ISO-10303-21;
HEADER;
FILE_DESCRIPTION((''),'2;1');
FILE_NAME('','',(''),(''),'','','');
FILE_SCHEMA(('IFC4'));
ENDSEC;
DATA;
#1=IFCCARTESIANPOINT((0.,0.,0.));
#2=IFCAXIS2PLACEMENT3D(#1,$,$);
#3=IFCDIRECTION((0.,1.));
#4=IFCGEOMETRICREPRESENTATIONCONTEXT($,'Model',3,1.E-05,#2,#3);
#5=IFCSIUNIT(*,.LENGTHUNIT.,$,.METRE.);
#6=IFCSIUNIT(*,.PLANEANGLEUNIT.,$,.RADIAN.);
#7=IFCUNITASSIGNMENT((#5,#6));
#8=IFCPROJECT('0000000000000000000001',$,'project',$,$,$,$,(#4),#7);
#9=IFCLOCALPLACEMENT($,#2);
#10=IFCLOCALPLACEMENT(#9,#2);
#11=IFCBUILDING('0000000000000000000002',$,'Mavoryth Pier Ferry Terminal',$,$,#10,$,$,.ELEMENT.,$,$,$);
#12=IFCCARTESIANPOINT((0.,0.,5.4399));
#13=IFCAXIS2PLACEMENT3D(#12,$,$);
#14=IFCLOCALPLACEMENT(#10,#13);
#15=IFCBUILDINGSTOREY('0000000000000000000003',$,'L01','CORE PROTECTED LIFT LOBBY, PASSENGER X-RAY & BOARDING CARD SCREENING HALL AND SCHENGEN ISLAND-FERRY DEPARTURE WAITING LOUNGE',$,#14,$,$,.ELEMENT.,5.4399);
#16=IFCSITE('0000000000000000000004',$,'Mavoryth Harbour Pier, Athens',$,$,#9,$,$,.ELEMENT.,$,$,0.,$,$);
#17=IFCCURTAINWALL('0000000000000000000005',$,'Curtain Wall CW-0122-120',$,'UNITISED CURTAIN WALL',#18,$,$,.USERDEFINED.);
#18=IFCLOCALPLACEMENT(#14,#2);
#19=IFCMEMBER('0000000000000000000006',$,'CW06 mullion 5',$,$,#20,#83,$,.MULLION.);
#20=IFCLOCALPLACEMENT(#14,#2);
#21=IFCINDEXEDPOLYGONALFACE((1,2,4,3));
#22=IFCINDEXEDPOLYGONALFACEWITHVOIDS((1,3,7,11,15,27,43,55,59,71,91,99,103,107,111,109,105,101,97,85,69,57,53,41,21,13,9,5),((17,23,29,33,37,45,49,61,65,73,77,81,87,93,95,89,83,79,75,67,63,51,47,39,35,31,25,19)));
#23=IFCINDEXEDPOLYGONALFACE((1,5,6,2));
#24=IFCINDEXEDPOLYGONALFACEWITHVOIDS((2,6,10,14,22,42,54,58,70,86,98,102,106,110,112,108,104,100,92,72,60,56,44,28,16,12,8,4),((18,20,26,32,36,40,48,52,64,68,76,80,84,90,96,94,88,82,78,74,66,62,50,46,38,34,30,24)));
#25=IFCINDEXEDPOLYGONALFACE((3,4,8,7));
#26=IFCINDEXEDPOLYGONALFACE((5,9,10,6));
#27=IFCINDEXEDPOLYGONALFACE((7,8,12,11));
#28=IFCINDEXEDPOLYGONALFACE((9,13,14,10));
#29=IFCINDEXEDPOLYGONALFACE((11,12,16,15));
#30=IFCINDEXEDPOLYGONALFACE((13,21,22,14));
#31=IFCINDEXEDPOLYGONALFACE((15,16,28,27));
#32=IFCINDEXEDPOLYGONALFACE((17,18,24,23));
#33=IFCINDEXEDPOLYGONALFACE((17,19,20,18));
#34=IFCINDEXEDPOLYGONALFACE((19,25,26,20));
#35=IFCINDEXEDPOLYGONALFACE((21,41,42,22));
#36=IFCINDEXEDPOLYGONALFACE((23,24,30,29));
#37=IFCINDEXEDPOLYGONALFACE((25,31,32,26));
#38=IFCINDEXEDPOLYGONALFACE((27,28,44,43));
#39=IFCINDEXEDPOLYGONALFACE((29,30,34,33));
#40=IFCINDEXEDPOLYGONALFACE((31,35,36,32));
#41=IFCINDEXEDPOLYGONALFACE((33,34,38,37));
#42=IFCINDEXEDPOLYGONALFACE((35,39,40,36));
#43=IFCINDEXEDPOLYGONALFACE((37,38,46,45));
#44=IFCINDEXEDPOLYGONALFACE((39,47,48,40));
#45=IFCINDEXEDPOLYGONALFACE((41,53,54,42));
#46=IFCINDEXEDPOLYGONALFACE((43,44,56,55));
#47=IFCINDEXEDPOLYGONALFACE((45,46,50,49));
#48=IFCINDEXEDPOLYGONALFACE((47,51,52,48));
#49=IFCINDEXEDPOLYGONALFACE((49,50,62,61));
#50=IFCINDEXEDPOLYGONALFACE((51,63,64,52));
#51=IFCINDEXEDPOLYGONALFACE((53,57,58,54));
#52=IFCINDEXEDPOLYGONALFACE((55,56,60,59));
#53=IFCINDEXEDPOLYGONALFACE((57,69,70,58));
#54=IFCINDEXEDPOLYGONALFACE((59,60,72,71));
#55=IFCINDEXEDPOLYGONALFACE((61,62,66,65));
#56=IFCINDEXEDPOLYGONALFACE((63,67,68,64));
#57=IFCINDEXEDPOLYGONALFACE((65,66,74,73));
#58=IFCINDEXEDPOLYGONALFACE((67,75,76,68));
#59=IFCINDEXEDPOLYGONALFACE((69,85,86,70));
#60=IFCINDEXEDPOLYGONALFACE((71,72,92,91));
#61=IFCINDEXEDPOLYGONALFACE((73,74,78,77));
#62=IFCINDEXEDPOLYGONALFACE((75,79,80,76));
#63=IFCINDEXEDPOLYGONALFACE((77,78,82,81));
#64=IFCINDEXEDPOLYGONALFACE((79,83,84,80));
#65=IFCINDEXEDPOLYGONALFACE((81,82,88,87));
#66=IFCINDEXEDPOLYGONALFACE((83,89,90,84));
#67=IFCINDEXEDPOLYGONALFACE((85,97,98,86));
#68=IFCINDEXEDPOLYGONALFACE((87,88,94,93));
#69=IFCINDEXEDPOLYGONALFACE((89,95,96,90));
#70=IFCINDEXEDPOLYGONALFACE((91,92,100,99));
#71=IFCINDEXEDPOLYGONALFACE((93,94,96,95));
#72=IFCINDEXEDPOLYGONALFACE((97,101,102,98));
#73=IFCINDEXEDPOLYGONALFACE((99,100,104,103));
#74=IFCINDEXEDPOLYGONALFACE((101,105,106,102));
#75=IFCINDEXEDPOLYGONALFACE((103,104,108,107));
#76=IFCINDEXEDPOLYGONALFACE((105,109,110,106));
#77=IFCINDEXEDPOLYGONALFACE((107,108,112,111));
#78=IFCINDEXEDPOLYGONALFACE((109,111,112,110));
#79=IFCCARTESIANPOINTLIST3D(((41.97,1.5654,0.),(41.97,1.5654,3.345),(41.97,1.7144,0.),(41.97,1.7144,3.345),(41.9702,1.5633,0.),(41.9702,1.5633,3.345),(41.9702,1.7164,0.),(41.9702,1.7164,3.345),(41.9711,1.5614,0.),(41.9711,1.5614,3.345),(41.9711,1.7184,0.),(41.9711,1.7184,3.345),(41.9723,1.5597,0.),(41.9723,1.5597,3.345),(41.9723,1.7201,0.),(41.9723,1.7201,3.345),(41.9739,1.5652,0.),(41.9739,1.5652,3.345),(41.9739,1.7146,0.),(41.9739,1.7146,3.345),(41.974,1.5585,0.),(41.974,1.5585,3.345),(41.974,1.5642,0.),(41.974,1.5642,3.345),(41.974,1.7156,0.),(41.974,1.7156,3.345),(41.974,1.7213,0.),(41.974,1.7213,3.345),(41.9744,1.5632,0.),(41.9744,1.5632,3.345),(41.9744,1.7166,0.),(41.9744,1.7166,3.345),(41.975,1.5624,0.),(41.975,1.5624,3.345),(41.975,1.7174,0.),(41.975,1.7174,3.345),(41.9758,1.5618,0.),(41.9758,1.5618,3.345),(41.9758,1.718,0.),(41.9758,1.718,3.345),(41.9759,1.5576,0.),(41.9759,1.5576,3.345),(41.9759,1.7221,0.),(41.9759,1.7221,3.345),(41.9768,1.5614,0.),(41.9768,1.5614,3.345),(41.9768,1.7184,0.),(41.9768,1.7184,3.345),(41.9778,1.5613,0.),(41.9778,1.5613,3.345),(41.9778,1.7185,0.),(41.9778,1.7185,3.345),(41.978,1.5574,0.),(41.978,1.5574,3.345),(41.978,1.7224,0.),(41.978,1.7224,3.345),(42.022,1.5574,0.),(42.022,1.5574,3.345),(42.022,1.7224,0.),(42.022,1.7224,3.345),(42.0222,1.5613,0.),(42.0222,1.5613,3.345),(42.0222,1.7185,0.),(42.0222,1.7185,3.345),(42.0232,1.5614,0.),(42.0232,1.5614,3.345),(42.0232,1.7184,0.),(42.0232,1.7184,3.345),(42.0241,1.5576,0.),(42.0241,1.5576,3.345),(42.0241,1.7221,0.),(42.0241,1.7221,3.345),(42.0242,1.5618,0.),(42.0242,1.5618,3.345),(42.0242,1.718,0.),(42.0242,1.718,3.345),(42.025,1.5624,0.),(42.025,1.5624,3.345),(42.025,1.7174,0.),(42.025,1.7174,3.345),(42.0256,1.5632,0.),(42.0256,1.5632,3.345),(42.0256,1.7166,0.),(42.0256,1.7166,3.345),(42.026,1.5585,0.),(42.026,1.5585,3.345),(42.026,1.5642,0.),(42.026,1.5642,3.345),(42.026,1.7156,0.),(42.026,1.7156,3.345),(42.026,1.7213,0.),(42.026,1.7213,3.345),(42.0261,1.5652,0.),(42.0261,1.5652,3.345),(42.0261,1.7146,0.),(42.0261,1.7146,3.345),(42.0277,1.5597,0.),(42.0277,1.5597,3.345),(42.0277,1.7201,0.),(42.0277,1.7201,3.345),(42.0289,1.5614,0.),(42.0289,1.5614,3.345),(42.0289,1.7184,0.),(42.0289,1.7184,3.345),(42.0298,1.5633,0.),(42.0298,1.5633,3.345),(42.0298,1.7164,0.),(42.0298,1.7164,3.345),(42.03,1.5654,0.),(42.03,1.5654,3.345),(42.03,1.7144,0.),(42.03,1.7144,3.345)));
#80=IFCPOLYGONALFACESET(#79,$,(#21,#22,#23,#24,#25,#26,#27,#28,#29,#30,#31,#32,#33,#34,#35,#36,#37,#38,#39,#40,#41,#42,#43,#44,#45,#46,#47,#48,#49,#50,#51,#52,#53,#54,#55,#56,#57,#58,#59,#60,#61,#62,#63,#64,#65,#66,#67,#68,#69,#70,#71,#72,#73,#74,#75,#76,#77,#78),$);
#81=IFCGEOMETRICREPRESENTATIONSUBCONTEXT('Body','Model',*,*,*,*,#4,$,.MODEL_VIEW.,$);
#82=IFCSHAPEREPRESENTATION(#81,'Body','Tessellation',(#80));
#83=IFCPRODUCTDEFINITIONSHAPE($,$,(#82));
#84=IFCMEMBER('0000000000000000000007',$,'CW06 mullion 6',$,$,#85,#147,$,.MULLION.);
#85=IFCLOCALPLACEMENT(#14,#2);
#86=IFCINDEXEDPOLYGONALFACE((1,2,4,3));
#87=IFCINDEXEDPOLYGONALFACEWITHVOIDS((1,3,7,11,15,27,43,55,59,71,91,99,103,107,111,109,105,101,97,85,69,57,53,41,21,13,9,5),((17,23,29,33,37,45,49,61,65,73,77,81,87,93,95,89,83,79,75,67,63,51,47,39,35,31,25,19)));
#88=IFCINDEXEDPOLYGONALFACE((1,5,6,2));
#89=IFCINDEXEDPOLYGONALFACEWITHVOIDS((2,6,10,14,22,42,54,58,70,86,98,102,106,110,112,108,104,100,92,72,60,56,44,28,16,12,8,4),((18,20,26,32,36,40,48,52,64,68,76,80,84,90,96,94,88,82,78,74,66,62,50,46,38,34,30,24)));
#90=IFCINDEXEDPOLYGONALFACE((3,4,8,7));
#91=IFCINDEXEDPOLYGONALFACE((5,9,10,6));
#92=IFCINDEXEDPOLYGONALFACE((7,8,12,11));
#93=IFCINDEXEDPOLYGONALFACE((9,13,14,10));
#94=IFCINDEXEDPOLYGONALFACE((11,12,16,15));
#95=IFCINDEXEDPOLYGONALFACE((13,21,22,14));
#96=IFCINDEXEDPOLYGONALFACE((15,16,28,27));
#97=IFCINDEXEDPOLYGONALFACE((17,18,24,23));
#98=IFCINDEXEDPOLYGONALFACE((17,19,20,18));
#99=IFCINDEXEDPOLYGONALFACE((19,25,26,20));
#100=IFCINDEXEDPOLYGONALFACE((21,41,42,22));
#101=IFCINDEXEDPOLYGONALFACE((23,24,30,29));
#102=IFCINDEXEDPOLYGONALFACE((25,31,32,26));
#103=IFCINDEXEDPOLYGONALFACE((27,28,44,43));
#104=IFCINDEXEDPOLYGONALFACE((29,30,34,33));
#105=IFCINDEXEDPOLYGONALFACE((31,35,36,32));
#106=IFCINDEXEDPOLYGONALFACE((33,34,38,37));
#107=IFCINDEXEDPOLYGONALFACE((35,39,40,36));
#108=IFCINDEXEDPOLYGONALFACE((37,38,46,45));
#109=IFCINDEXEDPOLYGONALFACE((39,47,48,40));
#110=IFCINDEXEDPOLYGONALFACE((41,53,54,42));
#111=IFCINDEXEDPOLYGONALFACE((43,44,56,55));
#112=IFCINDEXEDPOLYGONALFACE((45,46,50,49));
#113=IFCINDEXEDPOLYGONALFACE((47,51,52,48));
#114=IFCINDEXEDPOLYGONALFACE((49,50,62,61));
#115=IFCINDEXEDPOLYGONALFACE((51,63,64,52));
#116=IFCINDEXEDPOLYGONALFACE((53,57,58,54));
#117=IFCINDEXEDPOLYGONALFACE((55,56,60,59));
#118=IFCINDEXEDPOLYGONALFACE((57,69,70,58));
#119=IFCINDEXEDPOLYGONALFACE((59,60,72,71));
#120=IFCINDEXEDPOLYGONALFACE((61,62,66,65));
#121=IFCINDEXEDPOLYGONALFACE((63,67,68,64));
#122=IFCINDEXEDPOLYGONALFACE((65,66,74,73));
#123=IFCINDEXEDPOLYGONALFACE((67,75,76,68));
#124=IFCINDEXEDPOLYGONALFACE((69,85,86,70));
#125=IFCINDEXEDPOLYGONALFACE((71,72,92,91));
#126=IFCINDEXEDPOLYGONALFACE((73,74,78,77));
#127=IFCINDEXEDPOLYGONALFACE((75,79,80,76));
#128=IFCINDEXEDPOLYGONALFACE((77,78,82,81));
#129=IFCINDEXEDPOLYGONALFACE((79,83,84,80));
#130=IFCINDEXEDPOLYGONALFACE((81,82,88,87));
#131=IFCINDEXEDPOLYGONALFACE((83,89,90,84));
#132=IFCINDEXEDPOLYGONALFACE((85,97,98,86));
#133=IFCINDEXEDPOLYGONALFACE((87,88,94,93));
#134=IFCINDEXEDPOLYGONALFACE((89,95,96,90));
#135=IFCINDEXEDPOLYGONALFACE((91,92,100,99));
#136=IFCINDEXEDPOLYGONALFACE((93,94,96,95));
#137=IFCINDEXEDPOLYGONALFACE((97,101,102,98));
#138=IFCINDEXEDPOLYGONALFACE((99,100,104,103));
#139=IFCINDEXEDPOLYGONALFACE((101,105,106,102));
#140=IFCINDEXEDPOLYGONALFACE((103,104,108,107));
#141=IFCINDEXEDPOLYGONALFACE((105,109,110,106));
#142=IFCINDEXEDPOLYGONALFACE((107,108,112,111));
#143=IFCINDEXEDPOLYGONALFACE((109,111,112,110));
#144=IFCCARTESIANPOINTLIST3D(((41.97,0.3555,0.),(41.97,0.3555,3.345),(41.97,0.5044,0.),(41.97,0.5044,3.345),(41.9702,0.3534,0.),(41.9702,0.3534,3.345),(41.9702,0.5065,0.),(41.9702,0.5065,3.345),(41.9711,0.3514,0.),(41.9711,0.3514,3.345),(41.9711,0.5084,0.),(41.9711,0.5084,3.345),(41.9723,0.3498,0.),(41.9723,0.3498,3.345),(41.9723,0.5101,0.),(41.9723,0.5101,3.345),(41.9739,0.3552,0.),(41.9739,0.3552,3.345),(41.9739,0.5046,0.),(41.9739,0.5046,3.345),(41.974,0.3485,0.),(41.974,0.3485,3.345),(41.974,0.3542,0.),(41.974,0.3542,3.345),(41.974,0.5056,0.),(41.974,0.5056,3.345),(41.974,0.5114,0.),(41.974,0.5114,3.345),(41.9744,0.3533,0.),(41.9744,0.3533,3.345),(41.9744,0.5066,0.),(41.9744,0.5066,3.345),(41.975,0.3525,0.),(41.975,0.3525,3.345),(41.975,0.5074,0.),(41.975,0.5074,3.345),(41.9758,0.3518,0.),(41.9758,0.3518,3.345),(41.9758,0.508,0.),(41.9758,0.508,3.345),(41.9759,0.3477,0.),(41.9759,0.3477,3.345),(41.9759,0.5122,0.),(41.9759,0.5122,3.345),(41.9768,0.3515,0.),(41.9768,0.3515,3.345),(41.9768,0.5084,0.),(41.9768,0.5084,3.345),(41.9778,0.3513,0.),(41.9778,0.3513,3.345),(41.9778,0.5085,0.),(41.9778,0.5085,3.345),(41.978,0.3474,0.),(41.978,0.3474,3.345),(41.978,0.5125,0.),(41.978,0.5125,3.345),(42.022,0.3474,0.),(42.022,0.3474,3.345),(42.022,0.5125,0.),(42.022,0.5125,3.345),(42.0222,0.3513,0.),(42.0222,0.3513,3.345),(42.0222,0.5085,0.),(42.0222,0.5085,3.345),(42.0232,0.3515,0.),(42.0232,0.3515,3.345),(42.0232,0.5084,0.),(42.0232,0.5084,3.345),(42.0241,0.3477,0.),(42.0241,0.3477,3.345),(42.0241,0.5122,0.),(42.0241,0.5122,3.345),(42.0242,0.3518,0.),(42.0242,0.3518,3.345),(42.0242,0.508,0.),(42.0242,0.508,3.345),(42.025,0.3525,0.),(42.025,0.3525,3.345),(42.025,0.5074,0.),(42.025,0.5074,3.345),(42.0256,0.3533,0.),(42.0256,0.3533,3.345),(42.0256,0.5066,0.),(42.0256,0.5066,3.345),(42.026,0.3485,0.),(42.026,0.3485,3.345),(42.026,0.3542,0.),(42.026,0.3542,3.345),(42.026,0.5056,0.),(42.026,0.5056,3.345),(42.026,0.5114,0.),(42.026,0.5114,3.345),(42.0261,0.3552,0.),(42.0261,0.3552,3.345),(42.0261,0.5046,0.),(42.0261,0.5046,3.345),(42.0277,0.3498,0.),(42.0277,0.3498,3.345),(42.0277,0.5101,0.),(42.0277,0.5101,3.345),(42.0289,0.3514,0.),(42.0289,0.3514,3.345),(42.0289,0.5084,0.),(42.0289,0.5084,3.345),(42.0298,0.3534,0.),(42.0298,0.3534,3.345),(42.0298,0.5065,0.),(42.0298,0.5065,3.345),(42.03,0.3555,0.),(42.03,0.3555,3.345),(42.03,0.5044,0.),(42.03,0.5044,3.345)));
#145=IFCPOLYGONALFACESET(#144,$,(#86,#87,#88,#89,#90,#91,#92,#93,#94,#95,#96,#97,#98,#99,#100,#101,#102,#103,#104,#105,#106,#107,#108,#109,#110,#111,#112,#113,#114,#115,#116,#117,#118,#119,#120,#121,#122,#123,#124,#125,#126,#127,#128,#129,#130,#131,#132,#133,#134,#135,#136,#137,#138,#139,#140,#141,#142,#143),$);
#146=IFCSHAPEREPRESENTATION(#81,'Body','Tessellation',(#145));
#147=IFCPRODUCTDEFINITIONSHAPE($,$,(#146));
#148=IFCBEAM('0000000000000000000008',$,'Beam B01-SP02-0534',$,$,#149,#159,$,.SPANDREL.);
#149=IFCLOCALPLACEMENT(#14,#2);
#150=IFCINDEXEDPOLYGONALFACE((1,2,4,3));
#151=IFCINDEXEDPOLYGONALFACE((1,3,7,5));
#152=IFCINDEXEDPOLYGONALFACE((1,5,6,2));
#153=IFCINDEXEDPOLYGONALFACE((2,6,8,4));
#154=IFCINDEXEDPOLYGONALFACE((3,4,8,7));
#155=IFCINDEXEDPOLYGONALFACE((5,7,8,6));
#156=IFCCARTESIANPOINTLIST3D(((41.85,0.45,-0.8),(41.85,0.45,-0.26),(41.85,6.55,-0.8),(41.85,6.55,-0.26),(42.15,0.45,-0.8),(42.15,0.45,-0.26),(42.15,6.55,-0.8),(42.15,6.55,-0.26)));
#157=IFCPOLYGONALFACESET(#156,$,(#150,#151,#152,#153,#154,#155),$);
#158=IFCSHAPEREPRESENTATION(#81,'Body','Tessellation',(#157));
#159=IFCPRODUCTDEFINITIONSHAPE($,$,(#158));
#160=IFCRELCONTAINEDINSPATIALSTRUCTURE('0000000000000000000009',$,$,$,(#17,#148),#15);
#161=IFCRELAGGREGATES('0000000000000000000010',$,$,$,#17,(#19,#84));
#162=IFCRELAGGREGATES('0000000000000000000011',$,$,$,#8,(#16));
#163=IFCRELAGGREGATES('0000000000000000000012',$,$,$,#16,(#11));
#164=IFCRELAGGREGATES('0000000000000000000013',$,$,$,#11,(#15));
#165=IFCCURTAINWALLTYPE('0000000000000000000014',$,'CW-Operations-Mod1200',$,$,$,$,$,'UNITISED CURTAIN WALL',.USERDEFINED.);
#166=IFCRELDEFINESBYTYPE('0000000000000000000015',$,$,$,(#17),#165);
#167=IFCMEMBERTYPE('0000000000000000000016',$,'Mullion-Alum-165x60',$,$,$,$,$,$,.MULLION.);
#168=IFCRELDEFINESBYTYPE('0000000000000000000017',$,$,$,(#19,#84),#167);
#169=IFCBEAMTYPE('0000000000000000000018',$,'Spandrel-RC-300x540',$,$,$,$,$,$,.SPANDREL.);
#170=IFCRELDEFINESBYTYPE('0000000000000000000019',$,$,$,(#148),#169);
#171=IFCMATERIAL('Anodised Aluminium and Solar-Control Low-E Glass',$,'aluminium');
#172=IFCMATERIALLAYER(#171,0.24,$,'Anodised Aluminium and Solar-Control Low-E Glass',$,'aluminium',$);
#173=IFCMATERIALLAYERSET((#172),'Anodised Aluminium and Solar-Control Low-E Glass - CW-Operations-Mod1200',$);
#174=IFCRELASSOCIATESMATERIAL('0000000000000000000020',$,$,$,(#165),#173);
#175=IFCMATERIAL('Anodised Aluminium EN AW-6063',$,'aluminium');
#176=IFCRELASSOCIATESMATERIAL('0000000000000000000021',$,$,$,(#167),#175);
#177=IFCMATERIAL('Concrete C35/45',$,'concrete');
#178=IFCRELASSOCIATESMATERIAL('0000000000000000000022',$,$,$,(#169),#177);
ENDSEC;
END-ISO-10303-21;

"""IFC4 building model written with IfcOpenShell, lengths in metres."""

from ifc_helpers import new_model, si_unit, direction, frame, origin, origin_2d, place, context, subcontext, project, spatial, rectangle, hollow_rectangle, extrude, material, layer, layer_set, material_profile, profile_set, type_object, element, aggregate, save


model = new_model("IFC4")

# Units and contexts
model_context = context("Model", 3, precision=1e-05, world=origin(), true_north=direction((0.0, 1.0)))
body_context = subcontext(model_context, "Body", "Model", "MODEL_VIEW")
ifc_project = project(units=[si_unit("LENGTHUNIT", "METRE"), si_unit("PLANEANGLEUNIT", "RADIAN")], contexts=[model_context])

# Site, building, storey
site_placement = place(None, origin())
site = spatial("IfcSite", under=ifc_project, at=site_placement, Name="Mavoryth Harbour Pier, Athens", CompositionType="ELEMENT", RefElevation=0.0)
building_placement = place(site_placement, origin())
building = spatial("IfcBuilding", under=site, at=building_placement, Name="Mavoryth Pier Ferry Terminal", CompositionType="ELEMENT")
storey_placement = place(building_placement, frame((0.0, 0.0, 5.4399)))
storey = spatial("IfcBuildingStorey", under=building, at=storey_placement, Name="L01", Description="CORE PROTECTED LIFT LOBBY, PASSENGER X-RAY & BOARDING CARD SCREENING HALL AND SCHENGEN ISLAND-FERRY DEPARTURE WAITING LOUNGE", CompositionType="ELEMENT", Elevation=5.4399)

# Curtain wall, members
ifc_material_1 = material(Name="Anodised Aluminium and Solar-Control Low-E Glass", Category="aluminium")
ifc_layer_1 = layer(ifc_material_1, 0.24, Name="Anodised Aluminium and Solar-Control Low-E Glass", Category="aluminium")
ifc_layer_set_1 = layer_set([ifc_layer_1], Name="Anodised Aluminium and Solar-Control Low-E Glass - CW-Operations-Mod1200")
curtain_wall_type = type_object("IfcCurtainWallType", Name="CW-Operations-Mod1200", ElementType="UNITISED CURTAIN WALL", PredefinedType="USERDEFINED", material=ifc_layer_set_1)
curtain_wall_placement = place(storey_placement, origin())
curtain_wall = element("IfcCurtainWall", 1, at=curtain_wall_placement, inside=storey, type_object=curtain_wall_type, Name="Curtain Wall CW-0122-120", ObjectType="UNITISED CURTAIN WALL", PredefinedType="USERDEFINED")
ifc_material_2 = material(Name="Anodised Aluminium EN AW-6063", Category="aluminium")
ifc_material_profile_1 = material_profile(ifc_material_2, hollow_rectangle(XDim=0.0601, YDim=0.165, WallThickness=0.0039, InnerFilletRadius=0.0039, OuterFilletRadius=0.0081, at=origin_2d()), Name="AL-MULL 165x60x4", Category="aluminium")
ifc_profile_set_1 = profile_set([ifc_material_profile_1], Name="Anodised Aluminium EN AW-6063 - AL-MULL 165x60x4")
member_type_1 = type_object("IfcMemberType", Name="Mullion-Alum-165x60", PredefinedType="MULLION", material=ifc_profile_set_1)
member_1_placement = place(storey_placement, frame((42.0, 1.6399, 0.0), z_axis=(0.0, 0.0, 1.0), x_axis=(1.0, 0.0, 0.0)))
member_1 = element("IfcMember", 2, at=member_1_placement, type_object=member_type_1, Name="CW06 mullion 5", PredefinedType="MULLION", context=body_context, shape_type="SweptSolid", body=[
    extrude(hollow_rectangle(XDim=0.0601, YDim=0.165, WallThickness=0.0039, InnerFilletRadius=0.0039, OuterFilletRadius=0.0081, at=origin_2d()), origin(), (0.0, 0.0, 1.0), 3.345),
])
member_2_placement = place(storey_placement, frame((42.0, 0.4299, 0.0), z_axis=(0.0, 0.0, 1.0), x_axis=(1.0, 0.0, 0.0)))
member_2 = element("IfcMember", 3, at=member_2_placement, type_object=member_type_1, Name="CW06 mullion 6", PredefinedType="MULLION", context=body_context, shape_type="SweptSolid", body=[
    extrude(hollow_rectangle(XDim=0.0601, YDim=0.165, WallThickness=0.0039, InnerFilletRadius=0.0039, OuterFilletRadius=0.0081, at=origin_2d()), origin(), (0.0, 0.0, 1.0), 3.345),
])

# Beam
ifc_material_3 = material(Name="Concrete C35/45", Category="concrete")
ifc_material_profile_2 = material_profile(ifc_material_3, rectangle(XDim=0.3, YDim=0.54, at=origin_2d()), Name="RC 300x540", Category="concrete")
ifc_profile_set_2 = profile_set([ifc_material_profile_2], Name="Concrete C35/45 - RC 300x540")
beam_type_1 = type_object("IfcBeamType", Name="Spandrel-RC-300x540", PredefinedType="SPANDREL", material=ifc_profile_set_2)
beam_1_placement = place(storey_placement, frame((42.0, 0.45, -0.53), z_axis=(0.0, 1.0, 0.0), x_axis=(-1.0, 0.0, 0.0)))
element("IfcBeam", 4, at=beam_1_placement, inside=storey, type_object=beam_type_1, Name="Beam B01-SP02-0534", PredefinedType="SPANDREL", context=body_context, shape_type="SweptSolid", body=[
    extrude(rectangle(XDim=0.3, YDim=0.54, at=origin_2d()), origin(), (0.0, 0.0, 1.0), 6.1001),
])

aggregate(curtain_wall, [member_1, member_2])

save(model, "model.ifc")
